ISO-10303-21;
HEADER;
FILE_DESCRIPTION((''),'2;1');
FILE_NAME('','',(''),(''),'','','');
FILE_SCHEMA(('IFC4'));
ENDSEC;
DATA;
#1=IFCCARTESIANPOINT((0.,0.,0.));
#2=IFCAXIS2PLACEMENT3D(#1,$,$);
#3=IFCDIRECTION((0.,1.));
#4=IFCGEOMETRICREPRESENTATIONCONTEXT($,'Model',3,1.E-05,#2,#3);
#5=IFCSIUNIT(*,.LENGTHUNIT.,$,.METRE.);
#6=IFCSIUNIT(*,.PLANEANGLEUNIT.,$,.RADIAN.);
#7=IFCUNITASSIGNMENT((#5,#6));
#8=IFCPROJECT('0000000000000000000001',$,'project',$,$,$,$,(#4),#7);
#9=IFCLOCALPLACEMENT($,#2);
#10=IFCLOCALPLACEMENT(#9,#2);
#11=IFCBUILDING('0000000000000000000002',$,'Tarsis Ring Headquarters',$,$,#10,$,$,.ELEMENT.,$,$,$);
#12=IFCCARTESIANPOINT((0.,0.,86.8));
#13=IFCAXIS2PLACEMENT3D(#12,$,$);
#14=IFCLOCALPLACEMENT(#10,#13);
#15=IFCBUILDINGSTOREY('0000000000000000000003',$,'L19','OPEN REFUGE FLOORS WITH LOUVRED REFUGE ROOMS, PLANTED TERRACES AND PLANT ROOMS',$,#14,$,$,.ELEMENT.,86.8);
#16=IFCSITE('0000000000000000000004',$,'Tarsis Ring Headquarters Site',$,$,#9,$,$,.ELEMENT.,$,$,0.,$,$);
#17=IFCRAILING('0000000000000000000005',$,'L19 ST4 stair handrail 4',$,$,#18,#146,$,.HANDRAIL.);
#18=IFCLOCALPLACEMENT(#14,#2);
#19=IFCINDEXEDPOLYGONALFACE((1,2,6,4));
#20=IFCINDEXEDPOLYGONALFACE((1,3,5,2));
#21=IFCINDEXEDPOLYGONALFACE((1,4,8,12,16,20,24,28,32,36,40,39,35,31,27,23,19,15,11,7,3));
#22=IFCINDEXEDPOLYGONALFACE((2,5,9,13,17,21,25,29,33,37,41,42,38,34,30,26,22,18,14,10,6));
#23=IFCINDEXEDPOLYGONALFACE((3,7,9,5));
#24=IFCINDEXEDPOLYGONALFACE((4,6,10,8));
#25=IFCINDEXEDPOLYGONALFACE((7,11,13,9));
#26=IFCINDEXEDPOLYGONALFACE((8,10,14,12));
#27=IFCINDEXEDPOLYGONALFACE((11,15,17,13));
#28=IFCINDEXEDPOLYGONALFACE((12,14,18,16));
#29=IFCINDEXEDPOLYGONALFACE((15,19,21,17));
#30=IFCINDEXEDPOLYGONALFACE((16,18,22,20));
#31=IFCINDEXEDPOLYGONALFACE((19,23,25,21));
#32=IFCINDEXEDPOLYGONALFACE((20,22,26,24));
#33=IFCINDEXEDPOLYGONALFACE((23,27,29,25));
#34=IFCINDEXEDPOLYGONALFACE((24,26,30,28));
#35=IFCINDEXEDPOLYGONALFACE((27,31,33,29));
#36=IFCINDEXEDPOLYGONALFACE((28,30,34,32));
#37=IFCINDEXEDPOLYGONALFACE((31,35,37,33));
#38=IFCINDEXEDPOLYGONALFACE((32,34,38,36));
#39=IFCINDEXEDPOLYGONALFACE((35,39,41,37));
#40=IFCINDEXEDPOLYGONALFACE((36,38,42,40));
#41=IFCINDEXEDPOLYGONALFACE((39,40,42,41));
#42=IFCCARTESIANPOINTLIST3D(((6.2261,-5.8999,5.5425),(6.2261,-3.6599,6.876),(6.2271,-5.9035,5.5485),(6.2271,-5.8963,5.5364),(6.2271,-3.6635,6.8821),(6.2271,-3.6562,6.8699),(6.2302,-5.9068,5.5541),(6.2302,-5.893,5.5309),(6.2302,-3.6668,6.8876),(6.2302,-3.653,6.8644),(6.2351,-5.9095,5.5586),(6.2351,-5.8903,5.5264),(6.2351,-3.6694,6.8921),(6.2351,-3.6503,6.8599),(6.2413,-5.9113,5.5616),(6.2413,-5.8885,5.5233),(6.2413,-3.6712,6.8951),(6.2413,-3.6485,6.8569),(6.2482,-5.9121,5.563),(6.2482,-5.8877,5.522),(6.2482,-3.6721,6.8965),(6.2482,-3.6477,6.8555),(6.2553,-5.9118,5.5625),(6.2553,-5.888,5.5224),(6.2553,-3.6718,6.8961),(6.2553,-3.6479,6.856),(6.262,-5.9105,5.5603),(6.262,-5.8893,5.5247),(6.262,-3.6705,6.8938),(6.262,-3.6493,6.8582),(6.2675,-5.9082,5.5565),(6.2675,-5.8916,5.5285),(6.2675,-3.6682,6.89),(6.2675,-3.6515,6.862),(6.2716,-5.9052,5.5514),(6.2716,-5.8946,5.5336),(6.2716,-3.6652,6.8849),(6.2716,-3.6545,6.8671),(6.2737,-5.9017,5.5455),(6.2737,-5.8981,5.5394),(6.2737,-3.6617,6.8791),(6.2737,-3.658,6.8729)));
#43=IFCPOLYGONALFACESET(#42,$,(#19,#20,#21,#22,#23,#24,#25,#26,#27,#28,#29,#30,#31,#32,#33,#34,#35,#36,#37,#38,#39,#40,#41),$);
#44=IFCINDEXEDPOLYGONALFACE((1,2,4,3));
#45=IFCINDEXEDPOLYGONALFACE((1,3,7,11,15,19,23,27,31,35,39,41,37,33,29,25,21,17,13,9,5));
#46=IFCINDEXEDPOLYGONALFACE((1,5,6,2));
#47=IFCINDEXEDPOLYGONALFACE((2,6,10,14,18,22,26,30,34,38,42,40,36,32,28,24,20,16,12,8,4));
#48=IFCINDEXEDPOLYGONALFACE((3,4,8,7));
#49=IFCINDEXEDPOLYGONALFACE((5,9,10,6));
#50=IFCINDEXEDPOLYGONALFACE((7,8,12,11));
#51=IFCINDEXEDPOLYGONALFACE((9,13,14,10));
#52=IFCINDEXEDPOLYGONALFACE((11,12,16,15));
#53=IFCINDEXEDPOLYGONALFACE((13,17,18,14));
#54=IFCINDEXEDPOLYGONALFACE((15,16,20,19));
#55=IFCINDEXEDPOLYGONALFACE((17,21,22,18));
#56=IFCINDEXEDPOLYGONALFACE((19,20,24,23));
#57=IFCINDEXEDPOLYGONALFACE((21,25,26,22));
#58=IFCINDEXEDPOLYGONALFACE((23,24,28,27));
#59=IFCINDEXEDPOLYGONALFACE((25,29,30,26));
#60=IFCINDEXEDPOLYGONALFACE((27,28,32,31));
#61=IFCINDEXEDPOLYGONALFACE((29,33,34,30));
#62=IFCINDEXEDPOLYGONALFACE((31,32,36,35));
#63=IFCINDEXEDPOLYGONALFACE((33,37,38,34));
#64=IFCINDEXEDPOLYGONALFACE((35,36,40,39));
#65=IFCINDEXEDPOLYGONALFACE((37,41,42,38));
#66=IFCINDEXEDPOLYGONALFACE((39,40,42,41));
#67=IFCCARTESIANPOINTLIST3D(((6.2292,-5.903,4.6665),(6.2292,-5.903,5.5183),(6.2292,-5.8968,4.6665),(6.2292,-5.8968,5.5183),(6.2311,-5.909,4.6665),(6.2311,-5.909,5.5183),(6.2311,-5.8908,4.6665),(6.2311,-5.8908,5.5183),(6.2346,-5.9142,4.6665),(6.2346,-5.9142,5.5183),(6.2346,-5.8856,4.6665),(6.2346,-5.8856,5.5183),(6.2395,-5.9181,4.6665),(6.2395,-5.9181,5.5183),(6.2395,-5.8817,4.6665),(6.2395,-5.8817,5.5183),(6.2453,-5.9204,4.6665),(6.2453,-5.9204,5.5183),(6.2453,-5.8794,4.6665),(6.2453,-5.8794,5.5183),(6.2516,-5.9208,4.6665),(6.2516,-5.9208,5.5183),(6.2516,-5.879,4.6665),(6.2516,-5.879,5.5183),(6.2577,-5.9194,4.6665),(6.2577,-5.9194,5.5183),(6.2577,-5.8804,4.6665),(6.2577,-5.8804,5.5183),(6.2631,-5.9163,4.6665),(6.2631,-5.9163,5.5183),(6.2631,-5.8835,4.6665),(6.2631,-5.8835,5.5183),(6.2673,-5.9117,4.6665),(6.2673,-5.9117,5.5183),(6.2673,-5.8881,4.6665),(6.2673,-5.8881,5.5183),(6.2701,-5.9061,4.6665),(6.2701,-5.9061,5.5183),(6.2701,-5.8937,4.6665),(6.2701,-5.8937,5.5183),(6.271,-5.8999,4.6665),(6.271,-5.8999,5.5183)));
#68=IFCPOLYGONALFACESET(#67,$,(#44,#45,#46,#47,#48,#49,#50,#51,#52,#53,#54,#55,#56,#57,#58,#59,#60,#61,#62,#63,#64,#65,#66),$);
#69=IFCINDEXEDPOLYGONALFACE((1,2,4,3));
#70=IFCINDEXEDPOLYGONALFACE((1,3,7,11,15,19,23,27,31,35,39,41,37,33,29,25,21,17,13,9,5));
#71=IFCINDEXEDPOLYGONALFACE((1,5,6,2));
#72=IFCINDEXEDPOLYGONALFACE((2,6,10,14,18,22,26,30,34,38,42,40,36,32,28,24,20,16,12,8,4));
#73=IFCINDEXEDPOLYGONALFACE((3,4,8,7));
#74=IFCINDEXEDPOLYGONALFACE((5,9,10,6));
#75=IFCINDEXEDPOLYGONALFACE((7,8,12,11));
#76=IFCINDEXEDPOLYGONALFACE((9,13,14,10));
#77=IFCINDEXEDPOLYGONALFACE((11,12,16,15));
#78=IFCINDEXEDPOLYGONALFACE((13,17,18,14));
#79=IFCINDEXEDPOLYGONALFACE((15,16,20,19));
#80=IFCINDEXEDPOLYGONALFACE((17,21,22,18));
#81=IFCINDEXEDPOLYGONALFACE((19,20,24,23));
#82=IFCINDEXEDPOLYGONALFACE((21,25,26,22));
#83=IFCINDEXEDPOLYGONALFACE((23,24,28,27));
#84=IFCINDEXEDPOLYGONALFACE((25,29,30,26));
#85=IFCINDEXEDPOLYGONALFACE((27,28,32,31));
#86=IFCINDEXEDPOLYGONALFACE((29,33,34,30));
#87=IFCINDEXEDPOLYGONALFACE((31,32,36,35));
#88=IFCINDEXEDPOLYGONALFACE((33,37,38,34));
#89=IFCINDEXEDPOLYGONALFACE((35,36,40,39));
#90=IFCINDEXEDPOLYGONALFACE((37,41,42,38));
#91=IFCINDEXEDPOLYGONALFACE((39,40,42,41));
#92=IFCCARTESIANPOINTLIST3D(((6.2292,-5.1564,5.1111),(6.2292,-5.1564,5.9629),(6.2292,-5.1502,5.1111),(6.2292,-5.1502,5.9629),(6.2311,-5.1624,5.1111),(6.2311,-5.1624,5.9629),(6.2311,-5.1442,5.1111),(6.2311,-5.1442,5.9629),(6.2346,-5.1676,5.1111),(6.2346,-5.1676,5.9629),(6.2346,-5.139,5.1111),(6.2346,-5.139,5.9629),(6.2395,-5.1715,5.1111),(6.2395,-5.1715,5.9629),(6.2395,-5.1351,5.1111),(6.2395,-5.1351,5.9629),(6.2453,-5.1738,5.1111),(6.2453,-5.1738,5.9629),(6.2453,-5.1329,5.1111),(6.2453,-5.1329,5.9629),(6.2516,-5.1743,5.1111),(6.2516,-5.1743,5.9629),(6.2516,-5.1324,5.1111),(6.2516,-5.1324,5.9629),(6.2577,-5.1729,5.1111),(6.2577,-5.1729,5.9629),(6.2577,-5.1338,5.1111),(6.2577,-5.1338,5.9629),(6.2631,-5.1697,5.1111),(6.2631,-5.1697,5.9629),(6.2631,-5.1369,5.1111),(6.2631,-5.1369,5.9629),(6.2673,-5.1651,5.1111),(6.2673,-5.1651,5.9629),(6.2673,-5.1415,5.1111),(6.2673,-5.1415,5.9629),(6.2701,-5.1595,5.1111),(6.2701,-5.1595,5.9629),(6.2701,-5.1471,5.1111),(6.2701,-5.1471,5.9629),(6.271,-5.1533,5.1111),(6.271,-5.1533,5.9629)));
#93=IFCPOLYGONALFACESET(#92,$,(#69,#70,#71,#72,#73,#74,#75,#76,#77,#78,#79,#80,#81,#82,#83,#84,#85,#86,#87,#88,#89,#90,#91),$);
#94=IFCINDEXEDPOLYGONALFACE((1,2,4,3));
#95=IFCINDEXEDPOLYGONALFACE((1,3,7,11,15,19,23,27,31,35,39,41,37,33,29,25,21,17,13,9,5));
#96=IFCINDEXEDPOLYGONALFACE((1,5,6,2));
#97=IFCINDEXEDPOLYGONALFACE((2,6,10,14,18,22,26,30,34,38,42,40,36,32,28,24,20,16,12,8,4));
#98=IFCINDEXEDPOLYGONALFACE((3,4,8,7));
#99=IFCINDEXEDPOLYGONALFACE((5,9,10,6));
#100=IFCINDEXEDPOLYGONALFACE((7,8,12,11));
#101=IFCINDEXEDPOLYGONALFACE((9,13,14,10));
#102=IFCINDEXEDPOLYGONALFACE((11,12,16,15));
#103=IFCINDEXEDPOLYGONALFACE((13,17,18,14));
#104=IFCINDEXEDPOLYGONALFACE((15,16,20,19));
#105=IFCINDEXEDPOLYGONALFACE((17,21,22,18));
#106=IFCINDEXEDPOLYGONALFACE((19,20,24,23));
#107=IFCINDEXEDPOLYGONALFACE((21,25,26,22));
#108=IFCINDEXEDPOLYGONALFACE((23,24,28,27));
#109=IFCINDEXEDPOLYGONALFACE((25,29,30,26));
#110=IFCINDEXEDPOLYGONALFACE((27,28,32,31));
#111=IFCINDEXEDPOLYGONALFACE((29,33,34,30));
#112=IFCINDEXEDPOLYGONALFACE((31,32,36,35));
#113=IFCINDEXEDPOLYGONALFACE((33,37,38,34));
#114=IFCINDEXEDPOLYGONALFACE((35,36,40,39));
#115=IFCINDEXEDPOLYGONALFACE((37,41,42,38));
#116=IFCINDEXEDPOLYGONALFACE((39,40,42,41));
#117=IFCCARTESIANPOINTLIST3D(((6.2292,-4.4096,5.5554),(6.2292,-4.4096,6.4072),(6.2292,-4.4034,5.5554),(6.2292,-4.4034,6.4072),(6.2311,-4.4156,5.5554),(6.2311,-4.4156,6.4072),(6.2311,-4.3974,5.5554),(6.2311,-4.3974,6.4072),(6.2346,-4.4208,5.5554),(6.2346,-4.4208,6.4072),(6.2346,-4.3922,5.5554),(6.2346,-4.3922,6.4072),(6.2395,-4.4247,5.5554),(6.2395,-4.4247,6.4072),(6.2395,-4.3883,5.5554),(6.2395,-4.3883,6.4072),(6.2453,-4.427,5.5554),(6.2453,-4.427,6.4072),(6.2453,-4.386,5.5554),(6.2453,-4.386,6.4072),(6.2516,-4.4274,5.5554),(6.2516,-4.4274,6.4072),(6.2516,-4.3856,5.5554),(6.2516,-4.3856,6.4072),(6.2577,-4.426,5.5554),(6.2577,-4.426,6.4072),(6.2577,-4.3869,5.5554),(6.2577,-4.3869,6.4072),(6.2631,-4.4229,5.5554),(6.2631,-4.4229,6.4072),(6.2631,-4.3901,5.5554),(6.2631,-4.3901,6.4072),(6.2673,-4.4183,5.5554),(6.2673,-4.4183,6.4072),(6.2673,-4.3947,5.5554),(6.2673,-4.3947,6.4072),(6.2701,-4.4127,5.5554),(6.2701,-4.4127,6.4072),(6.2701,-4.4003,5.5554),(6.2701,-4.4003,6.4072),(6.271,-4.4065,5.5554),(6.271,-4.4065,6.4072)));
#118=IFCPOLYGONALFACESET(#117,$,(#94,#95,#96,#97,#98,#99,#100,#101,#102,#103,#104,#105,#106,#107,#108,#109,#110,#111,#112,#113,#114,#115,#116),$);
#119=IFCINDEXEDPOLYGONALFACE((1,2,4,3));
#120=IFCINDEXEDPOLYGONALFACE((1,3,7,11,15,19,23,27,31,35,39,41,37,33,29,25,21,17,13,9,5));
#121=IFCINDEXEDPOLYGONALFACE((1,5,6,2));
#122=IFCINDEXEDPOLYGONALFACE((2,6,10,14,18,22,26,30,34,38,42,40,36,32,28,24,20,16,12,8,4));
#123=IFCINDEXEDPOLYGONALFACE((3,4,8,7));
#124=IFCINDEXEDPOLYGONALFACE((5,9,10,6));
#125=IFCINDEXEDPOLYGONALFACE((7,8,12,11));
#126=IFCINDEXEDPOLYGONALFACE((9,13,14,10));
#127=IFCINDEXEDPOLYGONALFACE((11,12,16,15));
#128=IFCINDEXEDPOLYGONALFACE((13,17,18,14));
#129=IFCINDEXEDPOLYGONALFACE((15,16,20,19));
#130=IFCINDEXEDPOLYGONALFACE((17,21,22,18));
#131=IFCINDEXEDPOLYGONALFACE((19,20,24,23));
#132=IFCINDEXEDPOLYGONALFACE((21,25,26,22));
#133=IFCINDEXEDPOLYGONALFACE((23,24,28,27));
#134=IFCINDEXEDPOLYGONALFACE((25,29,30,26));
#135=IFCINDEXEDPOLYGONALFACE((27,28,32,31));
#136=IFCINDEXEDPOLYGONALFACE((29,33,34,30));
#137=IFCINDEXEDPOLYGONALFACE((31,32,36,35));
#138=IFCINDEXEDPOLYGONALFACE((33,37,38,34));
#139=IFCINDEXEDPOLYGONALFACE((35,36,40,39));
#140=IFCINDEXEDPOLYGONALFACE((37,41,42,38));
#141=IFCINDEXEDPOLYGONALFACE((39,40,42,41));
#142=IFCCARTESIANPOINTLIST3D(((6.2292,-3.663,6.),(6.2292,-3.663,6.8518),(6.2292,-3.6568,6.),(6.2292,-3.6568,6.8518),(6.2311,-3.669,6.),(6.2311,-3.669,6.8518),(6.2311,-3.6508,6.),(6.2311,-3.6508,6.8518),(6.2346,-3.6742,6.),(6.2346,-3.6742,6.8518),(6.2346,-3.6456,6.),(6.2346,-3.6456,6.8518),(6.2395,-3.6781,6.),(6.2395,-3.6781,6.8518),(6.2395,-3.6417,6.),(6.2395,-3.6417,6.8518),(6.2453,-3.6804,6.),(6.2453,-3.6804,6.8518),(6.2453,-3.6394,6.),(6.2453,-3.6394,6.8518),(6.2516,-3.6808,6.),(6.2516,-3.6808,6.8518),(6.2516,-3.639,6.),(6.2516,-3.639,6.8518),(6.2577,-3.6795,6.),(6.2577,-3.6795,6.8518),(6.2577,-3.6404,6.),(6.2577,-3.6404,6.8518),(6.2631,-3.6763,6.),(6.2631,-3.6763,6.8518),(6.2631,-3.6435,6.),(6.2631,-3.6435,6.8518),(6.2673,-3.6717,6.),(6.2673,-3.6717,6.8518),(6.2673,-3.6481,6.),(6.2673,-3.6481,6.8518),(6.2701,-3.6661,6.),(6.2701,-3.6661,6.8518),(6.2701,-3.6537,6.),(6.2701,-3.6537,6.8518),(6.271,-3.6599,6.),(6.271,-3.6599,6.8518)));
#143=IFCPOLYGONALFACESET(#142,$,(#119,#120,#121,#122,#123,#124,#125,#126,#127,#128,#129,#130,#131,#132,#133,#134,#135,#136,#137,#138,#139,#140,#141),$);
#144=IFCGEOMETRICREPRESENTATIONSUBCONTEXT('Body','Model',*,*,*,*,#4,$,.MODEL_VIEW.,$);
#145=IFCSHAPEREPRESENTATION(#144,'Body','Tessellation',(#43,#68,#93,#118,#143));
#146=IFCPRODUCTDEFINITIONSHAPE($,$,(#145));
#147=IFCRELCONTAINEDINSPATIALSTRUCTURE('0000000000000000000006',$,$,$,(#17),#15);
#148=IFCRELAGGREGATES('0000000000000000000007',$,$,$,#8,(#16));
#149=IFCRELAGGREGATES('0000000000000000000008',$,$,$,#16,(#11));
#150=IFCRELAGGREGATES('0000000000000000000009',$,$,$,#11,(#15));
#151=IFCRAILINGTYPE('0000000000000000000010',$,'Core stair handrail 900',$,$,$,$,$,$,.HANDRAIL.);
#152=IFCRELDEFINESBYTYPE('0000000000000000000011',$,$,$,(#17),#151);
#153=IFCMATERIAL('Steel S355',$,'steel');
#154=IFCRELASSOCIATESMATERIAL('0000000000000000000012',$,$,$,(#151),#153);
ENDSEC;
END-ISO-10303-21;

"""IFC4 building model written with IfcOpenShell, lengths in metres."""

from ifc_helpers import new_model, si_unit, direction, frame, origin, origin_2d, place, context, subcontext, project, spatial, circle, extrude, material, type_object, element, save


model = new_model("IFC4")

# Units and contexts
model_context = context("Model", 3, precision=1e-05, world=origin(), true_north=direction((0.0, 1.0)))
body_context = subcontext(model_context, "Body", "Model", "MODEL_VIEW")
ifc_project = project(units=[si_unit("LENGTHUNIT", "METRE"), si_unit("PLANEANGLEUNIT", "RADIAN")], contexts=[model_context])

# Site, building, storey
site_placement = place(None, origin())
site = spatial("IfcSite", under=ifc_project, at=site_placement, Name="Tarsis Ring Headquarters Site", CompositionType="ELEMENT", RefElevation=0.0)
building_placement = place(site_placement, origin())
building = spatial("IfcBuilding", under=site, at=building_placement, Name="Tarsis Ring Headquarters", CompositionType="ELEMENT")
storey_placement = place(building_placement, frame((0.0, 0.0, 86.8)))
storey = spatial("IfcBuildingStorey", under=building, at=storey_placement, Name="L19", Description="OPEN REFUGE FLOORS WITH LOUVRED REFUGE ROOMS, PLANTED TERRACES AND PLANT ROOMS", CompositionType="ELEMENT", Elevation=86.8)

# Railing
ifc_material_1 = material(Name="Steel S355", Category="steel")
railing_type_1 = type_object("IfcRailingType", Name="Core stair handrail 900", PredefinedType="HANDRAIL", material=ifc_material_1)
for number, where, name in (
    (1, (6.25, -5.8999, 4.6665), "L19 ST4 stair handrail 4"),
):
    element("IfcRailing", number, at=place(storey_placement, frame(where)), inside=storey, type_object=railing_type_1, Name=name, PredefinedType="HANDRAIL", context=body_context, shape_type="SweptSolid", body=[
        extrude(circle(Radius=0.0239, at=origin_2d()), frame((0.0, 0.0, 0.876), z_axis=(0.0, 0.859264, 0.511532), x_axis=(-1.0, 0.0, 0.0)), (0.0, 0.0, 1.0), 2.6069),
        extrude(circle(Radius=0.021, at=origin_2d()), origin(), (0.0, 0.0, 1.0), 0.8518),
        extrude(circle(Radius=0.021, at=origin_2d()), frame((0.0, 0.7466, 0.4446)), (0.0, 0.0, 1.0), 0.8518),
        extrude(circle(Radius=0.021, at=origin_2d()), frame((0.0, 1.4934, 0.8889)), (0.0, 0.0, 1.0), 0.8518),
        extrude(circle(Radius=0.021, at=origin_2d()), frame((0.0, 2.24, 1.3335)), (0.0, 0.0, 1.0), 0.8518),
    ])

save(model, "model.ifc")
